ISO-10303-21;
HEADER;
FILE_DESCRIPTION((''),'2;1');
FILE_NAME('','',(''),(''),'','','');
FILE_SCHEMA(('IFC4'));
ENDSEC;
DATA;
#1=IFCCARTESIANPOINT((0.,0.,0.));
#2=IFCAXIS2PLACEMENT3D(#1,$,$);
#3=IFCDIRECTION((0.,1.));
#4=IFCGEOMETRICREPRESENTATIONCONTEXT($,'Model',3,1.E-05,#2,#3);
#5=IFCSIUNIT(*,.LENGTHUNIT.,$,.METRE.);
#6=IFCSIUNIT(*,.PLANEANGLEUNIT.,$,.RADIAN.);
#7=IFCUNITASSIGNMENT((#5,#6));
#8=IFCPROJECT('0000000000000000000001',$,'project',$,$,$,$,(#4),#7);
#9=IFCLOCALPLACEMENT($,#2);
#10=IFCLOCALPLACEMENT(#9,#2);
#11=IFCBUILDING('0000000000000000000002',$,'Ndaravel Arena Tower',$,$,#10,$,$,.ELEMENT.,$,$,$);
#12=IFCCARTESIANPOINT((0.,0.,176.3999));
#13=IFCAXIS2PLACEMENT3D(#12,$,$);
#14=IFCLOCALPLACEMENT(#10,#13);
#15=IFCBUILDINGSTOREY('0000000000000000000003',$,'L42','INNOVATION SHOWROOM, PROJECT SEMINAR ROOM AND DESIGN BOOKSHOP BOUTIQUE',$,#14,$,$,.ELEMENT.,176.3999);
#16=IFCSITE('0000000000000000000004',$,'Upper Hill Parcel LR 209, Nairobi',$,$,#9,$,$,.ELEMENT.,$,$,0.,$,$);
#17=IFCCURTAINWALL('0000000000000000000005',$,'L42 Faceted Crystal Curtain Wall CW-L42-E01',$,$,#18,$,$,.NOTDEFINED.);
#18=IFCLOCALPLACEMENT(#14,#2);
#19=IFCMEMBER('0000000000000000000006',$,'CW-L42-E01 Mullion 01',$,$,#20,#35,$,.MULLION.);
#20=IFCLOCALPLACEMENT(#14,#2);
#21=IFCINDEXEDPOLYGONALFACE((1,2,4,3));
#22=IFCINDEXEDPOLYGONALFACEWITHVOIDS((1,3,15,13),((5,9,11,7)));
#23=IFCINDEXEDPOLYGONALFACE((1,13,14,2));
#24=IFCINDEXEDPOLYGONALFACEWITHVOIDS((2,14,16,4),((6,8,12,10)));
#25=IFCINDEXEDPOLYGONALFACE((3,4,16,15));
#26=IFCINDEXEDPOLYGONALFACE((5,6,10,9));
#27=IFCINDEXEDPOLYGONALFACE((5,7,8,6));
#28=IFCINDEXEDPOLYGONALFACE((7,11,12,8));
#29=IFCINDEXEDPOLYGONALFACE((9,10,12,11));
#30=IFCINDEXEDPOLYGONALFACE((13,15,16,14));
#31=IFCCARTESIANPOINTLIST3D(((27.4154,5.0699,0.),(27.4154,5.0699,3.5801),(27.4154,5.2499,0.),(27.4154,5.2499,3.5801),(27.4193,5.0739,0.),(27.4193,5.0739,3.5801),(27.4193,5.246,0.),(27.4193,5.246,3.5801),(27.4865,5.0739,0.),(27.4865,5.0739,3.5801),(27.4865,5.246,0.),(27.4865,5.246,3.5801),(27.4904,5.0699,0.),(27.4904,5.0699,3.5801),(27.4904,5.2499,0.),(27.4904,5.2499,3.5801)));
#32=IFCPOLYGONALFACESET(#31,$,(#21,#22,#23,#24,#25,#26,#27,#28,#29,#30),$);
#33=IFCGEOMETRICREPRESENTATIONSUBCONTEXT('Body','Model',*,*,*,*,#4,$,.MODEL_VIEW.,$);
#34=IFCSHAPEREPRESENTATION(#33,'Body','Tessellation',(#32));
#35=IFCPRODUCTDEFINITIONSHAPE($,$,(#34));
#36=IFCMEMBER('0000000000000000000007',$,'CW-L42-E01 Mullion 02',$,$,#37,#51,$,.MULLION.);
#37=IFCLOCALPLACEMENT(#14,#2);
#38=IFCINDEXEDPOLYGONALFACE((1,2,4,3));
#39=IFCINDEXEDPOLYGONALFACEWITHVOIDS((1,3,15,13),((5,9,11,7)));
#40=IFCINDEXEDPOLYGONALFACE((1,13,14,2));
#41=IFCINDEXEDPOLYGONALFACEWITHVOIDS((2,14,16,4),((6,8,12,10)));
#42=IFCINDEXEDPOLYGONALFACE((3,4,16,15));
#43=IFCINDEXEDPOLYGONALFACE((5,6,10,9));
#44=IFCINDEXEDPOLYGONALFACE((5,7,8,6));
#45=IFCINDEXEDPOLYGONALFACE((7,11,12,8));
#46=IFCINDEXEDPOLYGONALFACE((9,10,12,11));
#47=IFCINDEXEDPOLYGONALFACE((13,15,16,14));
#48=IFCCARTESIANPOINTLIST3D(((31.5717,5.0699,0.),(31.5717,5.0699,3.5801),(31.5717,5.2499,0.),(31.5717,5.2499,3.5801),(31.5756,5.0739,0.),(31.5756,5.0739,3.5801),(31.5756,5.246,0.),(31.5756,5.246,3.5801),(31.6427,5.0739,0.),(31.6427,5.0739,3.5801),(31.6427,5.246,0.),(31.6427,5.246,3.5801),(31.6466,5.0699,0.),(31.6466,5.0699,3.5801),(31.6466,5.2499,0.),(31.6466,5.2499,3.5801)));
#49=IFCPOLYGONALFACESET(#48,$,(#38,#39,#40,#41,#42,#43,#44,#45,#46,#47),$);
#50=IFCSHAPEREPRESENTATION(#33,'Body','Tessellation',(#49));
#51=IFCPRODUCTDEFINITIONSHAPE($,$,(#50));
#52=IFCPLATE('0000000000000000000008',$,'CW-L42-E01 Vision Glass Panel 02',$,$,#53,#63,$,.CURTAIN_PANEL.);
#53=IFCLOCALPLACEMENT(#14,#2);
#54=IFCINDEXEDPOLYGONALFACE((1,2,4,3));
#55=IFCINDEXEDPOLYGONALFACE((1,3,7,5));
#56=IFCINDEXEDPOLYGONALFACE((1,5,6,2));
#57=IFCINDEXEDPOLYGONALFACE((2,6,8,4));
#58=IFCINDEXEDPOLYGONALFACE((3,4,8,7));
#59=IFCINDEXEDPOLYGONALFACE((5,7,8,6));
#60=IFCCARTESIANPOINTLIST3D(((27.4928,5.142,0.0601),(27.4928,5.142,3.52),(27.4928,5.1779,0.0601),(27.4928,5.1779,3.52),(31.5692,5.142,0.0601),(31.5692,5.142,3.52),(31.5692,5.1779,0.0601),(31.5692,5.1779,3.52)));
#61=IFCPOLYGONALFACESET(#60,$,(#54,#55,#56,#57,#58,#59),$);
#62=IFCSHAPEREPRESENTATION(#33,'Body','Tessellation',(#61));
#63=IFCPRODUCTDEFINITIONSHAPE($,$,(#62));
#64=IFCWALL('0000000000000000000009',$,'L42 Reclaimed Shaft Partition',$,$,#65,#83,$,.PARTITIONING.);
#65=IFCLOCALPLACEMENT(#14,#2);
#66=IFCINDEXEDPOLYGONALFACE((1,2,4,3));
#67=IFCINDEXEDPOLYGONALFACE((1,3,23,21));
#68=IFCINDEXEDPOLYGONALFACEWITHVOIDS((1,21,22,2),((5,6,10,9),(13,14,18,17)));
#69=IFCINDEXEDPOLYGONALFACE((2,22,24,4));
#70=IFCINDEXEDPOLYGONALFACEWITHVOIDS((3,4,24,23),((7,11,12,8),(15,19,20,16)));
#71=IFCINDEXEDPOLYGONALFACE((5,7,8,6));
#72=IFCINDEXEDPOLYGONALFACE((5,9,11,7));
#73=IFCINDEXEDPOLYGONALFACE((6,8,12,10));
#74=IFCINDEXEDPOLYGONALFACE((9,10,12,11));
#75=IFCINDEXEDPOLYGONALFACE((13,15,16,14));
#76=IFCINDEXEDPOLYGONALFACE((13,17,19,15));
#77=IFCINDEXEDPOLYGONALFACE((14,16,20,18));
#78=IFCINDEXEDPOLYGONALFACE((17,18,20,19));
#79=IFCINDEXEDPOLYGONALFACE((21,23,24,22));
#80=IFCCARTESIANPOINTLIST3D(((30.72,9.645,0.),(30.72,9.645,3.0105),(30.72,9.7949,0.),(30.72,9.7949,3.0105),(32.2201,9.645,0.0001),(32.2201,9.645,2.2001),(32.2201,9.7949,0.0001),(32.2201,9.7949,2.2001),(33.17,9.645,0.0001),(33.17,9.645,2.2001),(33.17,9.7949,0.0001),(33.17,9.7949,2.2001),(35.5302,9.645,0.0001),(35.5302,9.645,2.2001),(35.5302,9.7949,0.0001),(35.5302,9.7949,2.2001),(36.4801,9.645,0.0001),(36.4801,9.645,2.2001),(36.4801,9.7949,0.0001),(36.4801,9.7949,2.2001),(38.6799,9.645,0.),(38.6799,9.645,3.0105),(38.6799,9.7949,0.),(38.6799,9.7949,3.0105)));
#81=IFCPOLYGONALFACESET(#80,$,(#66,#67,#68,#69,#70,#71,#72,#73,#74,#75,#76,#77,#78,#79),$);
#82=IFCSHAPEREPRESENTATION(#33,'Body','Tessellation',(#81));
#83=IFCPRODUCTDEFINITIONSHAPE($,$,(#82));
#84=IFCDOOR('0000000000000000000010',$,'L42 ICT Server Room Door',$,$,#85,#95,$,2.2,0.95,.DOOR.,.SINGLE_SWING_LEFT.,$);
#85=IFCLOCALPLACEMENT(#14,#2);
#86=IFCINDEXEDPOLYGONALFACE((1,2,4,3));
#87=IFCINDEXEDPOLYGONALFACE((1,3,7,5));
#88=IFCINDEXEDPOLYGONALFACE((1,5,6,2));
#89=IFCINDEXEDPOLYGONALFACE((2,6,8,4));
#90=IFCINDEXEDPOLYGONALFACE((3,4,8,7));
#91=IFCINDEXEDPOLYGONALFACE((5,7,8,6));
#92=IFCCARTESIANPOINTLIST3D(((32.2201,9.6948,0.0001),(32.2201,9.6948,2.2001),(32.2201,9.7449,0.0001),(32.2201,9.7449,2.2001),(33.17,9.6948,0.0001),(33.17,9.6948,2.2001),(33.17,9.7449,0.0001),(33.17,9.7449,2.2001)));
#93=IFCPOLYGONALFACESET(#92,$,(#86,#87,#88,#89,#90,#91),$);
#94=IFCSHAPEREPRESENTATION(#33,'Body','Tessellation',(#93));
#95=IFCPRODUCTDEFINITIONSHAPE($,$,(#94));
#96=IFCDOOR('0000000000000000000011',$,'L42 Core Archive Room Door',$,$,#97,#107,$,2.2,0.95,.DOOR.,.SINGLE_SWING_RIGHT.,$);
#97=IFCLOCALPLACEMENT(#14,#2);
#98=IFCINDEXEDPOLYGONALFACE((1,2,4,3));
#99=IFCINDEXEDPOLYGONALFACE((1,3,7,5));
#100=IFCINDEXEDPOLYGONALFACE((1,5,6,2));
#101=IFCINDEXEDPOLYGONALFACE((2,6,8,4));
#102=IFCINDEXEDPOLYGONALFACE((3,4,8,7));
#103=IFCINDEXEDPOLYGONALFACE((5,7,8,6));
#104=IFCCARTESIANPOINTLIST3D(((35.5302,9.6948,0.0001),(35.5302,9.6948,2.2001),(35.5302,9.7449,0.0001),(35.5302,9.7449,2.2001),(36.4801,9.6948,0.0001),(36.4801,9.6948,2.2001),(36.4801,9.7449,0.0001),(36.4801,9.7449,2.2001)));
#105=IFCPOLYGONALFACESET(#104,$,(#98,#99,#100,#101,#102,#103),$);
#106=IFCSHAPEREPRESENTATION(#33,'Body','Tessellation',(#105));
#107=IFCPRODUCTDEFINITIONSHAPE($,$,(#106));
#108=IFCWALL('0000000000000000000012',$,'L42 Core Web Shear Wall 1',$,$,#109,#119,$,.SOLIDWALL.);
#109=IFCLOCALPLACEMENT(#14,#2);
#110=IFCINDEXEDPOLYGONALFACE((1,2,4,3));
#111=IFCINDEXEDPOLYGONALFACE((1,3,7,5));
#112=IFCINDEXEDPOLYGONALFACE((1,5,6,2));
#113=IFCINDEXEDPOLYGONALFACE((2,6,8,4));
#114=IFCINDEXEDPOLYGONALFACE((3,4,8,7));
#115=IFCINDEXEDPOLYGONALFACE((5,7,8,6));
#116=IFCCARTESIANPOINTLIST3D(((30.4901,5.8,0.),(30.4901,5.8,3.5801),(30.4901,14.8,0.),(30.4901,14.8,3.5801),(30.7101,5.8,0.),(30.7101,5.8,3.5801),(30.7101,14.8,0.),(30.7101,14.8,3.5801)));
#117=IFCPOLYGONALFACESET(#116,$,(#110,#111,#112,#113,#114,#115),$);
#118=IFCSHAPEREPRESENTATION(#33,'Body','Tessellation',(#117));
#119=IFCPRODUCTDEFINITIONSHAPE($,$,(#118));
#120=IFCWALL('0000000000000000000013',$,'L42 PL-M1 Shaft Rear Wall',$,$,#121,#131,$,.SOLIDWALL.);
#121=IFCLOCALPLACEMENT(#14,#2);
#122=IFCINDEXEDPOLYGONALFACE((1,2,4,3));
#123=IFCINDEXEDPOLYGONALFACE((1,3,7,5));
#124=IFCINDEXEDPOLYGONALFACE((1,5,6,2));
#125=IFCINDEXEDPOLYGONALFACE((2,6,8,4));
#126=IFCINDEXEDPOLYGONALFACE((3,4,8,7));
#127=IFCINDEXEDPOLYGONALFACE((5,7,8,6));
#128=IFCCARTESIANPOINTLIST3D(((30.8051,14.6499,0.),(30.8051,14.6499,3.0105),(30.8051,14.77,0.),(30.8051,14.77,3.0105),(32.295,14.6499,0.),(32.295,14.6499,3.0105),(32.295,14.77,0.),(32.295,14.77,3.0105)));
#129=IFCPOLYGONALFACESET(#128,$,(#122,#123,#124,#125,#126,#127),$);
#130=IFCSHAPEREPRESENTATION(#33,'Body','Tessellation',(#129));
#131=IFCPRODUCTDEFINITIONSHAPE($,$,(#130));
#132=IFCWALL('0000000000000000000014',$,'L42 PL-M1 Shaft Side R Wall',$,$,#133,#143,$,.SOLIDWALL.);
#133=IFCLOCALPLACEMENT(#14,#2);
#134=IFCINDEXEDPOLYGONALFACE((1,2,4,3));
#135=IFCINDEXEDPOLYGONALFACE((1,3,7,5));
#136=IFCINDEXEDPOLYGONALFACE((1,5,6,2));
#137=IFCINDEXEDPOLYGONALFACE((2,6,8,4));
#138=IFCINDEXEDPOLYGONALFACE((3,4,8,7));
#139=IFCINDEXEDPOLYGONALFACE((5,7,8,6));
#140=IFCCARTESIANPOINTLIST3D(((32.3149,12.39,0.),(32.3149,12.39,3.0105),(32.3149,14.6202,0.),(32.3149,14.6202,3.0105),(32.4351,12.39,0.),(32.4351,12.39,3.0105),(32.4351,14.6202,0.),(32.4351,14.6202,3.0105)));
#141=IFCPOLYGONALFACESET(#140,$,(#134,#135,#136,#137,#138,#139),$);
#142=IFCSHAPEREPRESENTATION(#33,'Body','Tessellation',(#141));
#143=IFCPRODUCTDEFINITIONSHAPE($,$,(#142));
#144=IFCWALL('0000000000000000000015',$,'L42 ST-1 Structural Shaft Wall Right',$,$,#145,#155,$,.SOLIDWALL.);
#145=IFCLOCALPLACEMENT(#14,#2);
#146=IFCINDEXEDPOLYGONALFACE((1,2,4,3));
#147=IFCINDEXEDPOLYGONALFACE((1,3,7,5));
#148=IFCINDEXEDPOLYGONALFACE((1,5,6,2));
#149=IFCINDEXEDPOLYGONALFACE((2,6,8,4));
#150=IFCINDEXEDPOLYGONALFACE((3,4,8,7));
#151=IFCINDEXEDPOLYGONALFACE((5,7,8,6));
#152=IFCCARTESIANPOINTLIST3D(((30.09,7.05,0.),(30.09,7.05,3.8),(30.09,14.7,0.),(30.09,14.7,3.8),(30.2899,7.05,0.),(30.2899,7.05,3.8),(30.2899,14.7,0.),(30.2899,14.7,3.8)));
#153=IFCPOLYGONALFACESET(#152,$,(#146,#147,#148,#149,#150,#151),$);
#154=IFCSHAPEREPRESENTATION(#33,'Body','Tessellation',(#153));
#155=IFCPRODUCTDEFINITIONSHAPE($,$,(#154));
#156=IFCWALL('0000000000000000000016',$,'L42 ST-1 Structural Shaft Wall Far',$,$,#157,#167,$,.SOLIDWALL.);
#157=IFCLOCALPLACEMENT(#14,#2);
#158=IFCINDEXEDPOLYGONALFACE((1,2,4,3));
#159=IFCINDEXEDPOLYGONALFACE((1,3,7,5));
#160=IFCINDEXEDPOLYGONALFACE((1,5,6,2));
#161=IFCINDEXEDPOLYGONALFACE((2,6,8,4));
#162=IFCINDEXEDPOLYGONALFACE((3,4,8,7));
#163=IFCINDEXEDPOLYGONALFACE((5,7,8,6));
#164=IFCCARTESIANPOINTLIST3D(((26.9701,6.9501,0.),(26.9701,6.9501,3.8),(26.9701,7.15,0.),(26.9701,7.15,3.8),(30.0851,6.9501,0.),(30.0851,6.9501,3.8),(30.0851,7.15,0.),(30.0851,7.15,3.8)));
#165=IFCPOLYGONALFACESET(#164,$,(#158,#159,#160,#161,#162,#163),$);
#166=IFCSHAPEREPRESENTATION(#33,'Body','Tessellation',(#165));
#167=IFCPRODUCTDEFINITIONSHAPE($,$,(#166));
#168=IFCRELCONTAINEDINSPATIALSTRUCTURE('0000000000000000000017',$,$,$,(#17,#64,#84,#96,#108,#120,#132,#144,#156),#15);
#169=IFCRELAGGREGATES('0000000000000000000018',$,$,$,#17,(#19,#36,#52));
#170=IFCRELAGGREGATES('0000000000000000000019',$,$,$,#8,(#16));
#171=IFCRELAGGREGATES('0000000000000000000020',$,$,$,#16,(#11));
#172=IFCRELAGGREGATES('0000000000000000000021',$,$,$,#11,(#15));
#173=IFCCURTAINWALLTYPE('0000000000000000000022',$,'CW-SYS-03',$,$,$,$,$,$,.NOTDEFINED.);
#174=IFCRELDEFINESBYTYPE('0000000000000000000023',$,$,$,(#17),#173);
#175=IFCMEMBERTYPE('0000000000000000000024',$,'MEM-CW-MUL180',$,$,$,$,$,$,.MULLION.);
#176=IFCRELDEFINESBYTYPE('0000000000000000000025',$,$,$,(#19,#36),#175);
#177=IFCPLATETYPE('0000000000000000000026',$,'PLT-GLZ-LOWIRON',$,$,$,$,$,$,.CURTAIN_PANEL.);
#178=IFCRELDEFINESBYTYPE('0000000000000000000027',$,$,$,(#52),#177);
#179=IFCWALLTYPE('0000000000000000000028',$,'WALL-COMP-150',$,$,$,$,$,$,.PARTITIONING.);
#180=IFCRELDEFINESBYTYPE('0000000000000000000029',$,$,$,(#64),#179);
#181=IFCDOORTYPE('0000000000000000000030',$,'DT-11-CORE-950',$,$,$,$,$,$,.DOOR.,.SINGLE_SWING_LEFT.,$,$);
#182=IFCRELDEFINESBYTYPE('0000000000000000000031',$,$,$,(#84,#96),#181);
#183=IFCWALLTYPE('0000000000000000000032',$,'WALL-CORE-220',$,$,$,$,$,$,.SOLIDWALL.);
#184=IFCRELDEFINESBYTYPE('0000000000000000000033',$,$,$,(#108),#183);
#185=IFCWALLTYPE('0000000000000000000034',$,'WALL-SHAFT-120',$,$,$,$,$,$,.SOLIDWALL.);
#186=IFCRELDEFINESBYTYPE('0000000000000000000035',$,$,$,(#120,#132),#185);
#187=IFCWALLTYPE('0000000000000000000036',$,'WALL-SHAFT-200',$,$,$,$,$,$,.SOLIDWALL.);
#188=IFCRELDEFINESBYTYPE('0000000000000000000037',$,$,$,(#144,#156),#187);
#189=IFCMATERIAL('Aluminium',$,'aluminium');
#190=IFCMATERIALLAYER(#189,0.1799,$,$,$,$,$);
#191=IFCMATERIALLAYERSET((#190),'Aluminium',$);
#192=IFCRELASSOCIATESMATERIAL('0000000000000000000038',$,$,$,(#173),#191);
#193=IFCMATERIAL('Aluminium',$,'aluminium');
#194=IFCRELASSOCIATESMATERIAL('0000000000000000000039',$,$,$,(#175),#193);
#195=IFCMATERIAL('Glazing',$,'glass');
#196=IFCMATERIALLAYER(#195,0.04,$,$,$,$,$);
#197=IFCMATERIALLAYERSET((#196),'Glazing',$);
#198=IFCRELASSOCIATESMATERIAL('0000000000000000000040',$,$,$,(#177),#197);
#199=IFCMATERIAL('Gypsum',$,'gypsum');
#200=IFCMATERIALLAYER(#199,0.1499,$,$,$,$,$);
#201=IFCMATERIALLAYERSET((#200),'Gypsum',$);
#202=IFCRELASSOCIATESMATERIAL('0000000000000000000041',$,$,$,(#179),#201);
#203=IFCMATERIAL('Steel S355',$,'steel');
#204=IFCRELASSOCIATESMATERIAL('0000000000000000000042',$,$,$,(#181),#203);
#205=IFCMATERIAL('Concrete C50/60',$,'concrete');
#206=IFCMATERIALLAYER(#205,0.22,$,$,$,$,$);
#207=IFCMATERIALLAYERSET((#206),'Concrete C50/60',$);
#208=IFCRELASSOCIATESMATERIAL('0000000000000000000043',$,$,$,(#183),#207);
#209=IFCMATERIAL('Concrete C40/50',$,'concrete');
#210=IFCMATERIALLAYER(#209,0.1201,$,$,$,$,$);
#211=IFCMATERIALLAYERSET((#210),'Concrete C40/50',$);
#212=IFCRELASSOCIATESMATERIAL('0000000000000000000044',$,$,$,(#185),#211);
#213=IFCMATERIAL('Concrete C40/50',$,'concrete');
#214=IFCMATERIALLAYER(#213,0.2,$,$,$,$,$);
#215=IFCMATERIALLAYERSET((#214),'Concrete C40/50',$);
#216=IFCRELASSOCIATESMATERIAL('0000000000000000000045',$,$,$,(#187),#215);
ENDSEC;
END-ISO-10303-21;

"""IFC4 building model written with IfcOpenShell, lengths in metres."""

from ifc_helpers import new_model, si_unit, direction, frame, frame_2d, origin, origin_2d, place, context, subcontext, project, spatial, rectangle, hollow_rectangle, extrude, material, layer, layer_set, material_profile, profile_set, type_object, element, fill, aggregate, save


model = new_model("IFC4")

# Units and contexts
model_context = context("Model", 3, precision=1e-05, world=origin(), true_north=direction((0.0, 1.0)))
body_context = subcontext(model_context, "Body", "Model", "MODEL_VIEW")
ifc_project = project(units=[si_unit("LENGTHUNIT", "METRE"), si_unit("PLANEANGLEUNIT", "RADIAN")], contexts=[model_context])

# Site, building, storey
site_placement = place(None, origin())
site = spatial("IfcSite", under=ifc_project, at=site_placement, Name="Upper Hill Parcel LR 209, Nairobi", CompositionType="ELEMENT", RefElevation=0.0)
building_placement = place(site_placement, origin())
building = spatial("IfcBuilding", under=site, at=building_placement, Name="Ndaravel Arena Tower", CompositionType="ELEMENT")
storey_placement = place(building_placement, frame((0.0, 0.0, 176.3999)))
storey = spatial("IfcBuildingStorey", under=building, at=storey_placement, Name="L42", Description="INNOVATION SHOWROOM, PROJECT SEMINAR ROOM AND DESIGN BOOKSHOP BOUTIQUE", CompositionType="ELEMENT", Elevation=176.3999)

# Curtain wall, members, plate
ifc_material_1 = material(Name="Aluminium", Category="aluminium")
ifc_layer_1 = layer(ifc_material_1, 0.1799)
ifc_layer_set_1 = layer_set([ifc_layer_1], Name="Aluminium")
curtain_wall_type = type_object("IfcCurtainWallType", Name="CW-SYS-03", PredefinedType="NOTDEFINED", material=ifc_layer_set_1)
curtain_wall_placement = place(storey_placement, origin())
curtain_wall = element("IfcCurtainWall", 1, at=curtain_wall_placement, inside=storey, type_object=curtain_wall_type, Name="L42 Faceted Crystal Curtain Wall CW-L42-E01", PredefinedType="NOTDEFINED")
ifc_material_2 = material(Name="Aluminium", Category="aluminium")
ifc_material_profile = material_profile(ifc_material_2, hollow_rectangle(XDim=0.075, YDim=0.1799, WallThickness=0.0039, at=origin_2d()), Name="CW MULLION 75x180x4")
ifc_profile_set = profile_set([ifc_material_profile], Name="Aluminium")
member_type = type_object("IfcMemberType", Name="MEM-CW-MUL180", PredefinedType="MULLION", material=ifc_profile_set)
member_1_placement = place(storey_placement, frame((27.4529, 5.1599, 0.0), z_axis=(0.0, 0.0, 1.0), x_axis=(1.0, 0.0, 0.0)))
member_1 = element("IfcMember", 2, at=member_1_placement, type_object=member_type, Name="CW-L42-E01 Mullion 01", PredefinedType="MULLION", context=body_context, shape_type="SweptSolid", body=[
    extrude(hollow_rectangle(XDim=0.075, YDim=0.1799, WallThickness=0.0039, at=origin_2d()), origin(), (0.0, 0.0, 1.0), 3.5801),
])
member_2_placement = place(storey_placement, frame((31.6091, 5.1599, 0.0), z_axis=(0.0, 0.0, 1.0), x_axis=(1.0, 0.0, 0.0)))
member_2 = element("IfcMember", 3, at=member_2_placement, type_object=member_type, Name="CW-L42-E01 Mullion 02", PredefinedType="MULLION", context=body_context, shape_type="SweptSolid", body=[
    extrude(hollow_rectangle(XDim=0.075, YDim=0.1799, WallThickness=0.0039, at=origin_2d()), origin(), (0.0, 0.0, 1.0), 3.5801),
])
ifc_material_3 = material(Name="Glazing", Category="glass")
ifc_layer_2 = layer(ifc_material_3, 0.04)
ifc_layer_set_2 = layer_set([ifc_layer_2], Name="Glazing")
plate_type = type_object("IfcPlateType", Name="PLT-GLZ-LOWIRON", PredefinedType="CURTAIN_PANEL", material=ifc_layer_set_2)
plate_placement = place(storey_placement, frame((29.531, 5.1599, 0.0601), z_axis=(0.0, 0.0, 1.0), x_axis=(1.0, 0.0, 0.0)))
plate = element("IfcPlate", 4, at=plate_placement, type_object=plate_type, Name="CW-L42-E01 Vision Glass Panel 02", PredefinedType="CURTAIN_PANEL", context=body_context, shape_type="SweptSolid", body=[
    extrude(rectangle(XDim=4.0764, YDim=0.0359, at=origin_2d()), origin(), (0.0, 0.0, 1.0), 3.46),
])
aggregate(curtain_wall, [member_1, member_2, plate])

# Wall, openings, doors
ifc_material_4 = material(Name="Gypsum", Category="gypsum")
ifc_layer_3 = layer(ifc_material_4, 0.1499)
ifc_layer_set_3 = layer_set([ifc_layer_3], Name="Gypsum")
wall_type_1 = type_object("IfcWallType", Name="WALL-COMP-150", PredefinedType="PARTITIONING", material=ifc_layer_set_3)
wall_1_placement = place(storey_placement, frame((30.72, 9.72, 0.0), z_axis=(0.0, 0.0, 1.0), x_axis=(1.0, 0.0, 0.0)))
wall_1 = element("IfcWall", 5, at=wall_1_placement, inside=storey, type_object=wall_type_1, Name="L42 Reclaimed Shaft Partition", PredefinedType="PARTITIONING", context=body_context, shape_type="SweptSolid", body=[
    extrude(rectangle(XDim=7.96, YDim=0.1499, at=frame_2d((3.98, 0.0))), origin(), (0.0, 0.0, 1.0), 3.0105),
])
opening_1_placement = place(wall_1_placement, frame((1.5, 0.0, 0.0)))
opening_1 = element("IfcOpeningElement", 6, at=opening_1_placement, cuts=wall_1, PredefinedType="OPENING", context=body_context, shape_type="SweptSolid", body=[
    extrude(rectangle(XDim=0.95, YDim=2.2, at=frame_2d((0.4751, 1.1001))), frame((0.0, 0.075, 0.0), z_axis=(0.0, -1.0, 0.0), x_axis=(1.0, 0.0, 0.0)), (0.0, 0.0, 1.0), 0.1499),
])
opening_2_placement = place(wall_1_placement, frame((4.8101, 0.0, 0.0)))
opening_2 = element("IfcOpeningElement", 7, at=opening_2_placement, cuts=wall_1, PredefinedType="OPENING", context=body_context, shape_type="SweptSolid", body=[
    extrude(rectangle(XDim=0.95, YDim=2.2, at=frame_2d((0.4751, 1.1001))), frame((0.0, 0.075, 0.0), z_axis=(0.0, -1.0, 0.0), x_axis=(1.0, 0.0, 0.0)), (0.0, 0.0, 1.0), 0.1499),
])
ifc_material_5 = material(Name="Steel S355", Category="steel")
door_type_1 = type_object("IfcDoorType", Name="DT-11-CORE-950", OperationType="SINGLE_SWING_LEFT", PredefinedType="DOOR", material=ifc_material_5)
door_1_placement = place(opening_1_placement, origin())
door_1 = element("IfcDoor", 8, at=door_1_placement, inside=storey, type_object=door_type_1, Name="L42 ICT Server Room Door", OperationType="SINGLE_SWING_LEFT", OverallHeight=2.2, OverallWidth=0.95, PredefinedType="DOOR", context=body_context, shape_type="SweptSolid", body=[
    extrude(rectangle(XDim=0.95, YDim=2.2, at=frame_2d((0.4751, 1.1001))), frame((0.0, 0.0249, 0.0), z_axis=(0.0, -1.0, 0.0), x_axis=(1.0, 0.0, 0.0)), (0.0, 0.0, 1.0), 0.05),
])
fill(opening_1, door_1)
door_2_placement = place(opening_2_placement, origin())
door_2 = element("IfcDoor", 9, at=door_2_placement, inside=storey, type_object=door_type_1, Name="L42 Core Archive Room Door", OperationType="SINGLE_SWING_RIGHT", OverallHeight=2.2, OverallWidth=0.95, PredefinedType="DOOR", context=body_context, shape_type="SweptSolid", body=[
    extrude(rectangle(XDim=0.95, YDim=2.2, at=frame_2d((0.4751, 1.1001))), frame((0.0, 0.0249, 0.0), z_axis=(0.0, -1.0, 0.0), x_axis=(1.0, 0.0, 0.0)), (0.0, 0.0, 1.0), 0.05),
])
fill(opening_2, door_2)

# Walls
ifc_material_6 = material(Name="Concrete C50/60", Category="concrete")
ifc_layer_4 = layer(ifc_material_6, 0.22)
ifc_layer_set_4 = layer_set([ifc_layer_4], Name="Concrete C50/60")
wall_type_2 = type_object("IfcWallType", Name="WALL-CORE-220", PredefinedType="SOLIDWALL", material=ifc_layer_set_4)
wall_2_placement = place(storey_placement, frame((30.6001, 5.8, 0.0), z_axis=(0.0, 0.0, 1.0), x_axis=(0.0, 1.0, 0.0)))
element("IfcWall", 10, at=wall_2_placement, inside=storey, type_object=wall_type_2, Name="L42 Core Web Shear Wall 1", PredefinedType="SOLIDWALL", context=body_context, shape_type="SweptSolid", body=[
    extrude(rectangle(XDim=9.0, YDim=0.22, at=frame_2d((4.5, 0.0))), origin(), (0.0, 0.0, 1.0), 3.5801),
])
ifc_material_7 = material(Name="Concrete C40/50", Category="concrete")
ifc_layer_5 = layer(ifc_material_7, 0.1201)
ifc_layer_set_5 = layer_set([ifc_layer_5], Name="Concrete C40/50")
wall_type_3 = type_object("IfcWallType", Name="WALL-SHAFT-120", PredefinedType="SOLIDWALL", material=ifc_layer_set_5)
wall_3_placement = place(storey_placement, frame((30.8049, 14.71, 0.0), z_axis=(0.0, 0.0, 1.0), x_axis=(1.0, 0.0, 0.0)))
element("IfcWall", 11, at=wall_3_placement, inside=storey, type_object=wall_type_3, Name="L42 PL-M1 Shaft Rear Wall", PredefinedType="SOLIDWALL", context=body_context, shape_type="SweptSolid", body=[
    extrude(rectangle(XDim=1.49, YDim=0.1201, at=frame_2d((0.7451, 0.0))), origin(), (0.0, 0.0, 1.0), 3.0105),
])
wall_4_placement = place(storey_placement, frame((32.375, 12.3899, 0.0), z_axis=(0.0, 0.0, 1.0), x_axis=(0.0, 1.0, 0.0)))
element("IfcWall", 12, at=wall_4_placement, inside=storey, type_object=wall_type_3, Name="L42 PL-M1 Shaft Side R Wall", PredefinedType="SOLIDWALL", context=body_context, shape_type="SweptSolid", body=[
    extrude(rectangle(XDim=2.2302, YDim=0.1201, at=frame_2d((1.1152, 0.0))), origin(), (0.0, 0.0, 1.0), 3.0105),
])
ifc_material_8 = material(Name="Concrete C40/50", Category="concrete")
ifc_layer_6 = layer(ifc_material_8, 0.2)
ifc_layer_set_6 = layer_set([ifc_layer_6], Name="Concrete C40/50")
wall_type_4 = type_object("IfcWallType", Name="WALL-SHAFT-200", PredefinedType="SOLIDWALL", material=ifc_layer_set_6)
wall_5_placement = place(storey_placement, frame((30.1899, 14.7, 0.0), z_axis=(0.0, 0.0, 1.0), x_axis=(0.0, -1.0, 0.0)))
element("IfcWall", 13, at=wall_5_placement, inside=storey, type_object=wall_type_4, Name="L42 ST-1 Structural Shaft Wall Right", PredefinedType="SOLIDWALL", context=body_context, shape_type="SweptSolid", body=[
    extrude(rectangle(XDim=7.6499, YDim=0.2, at=frame_2d((3.825, 0.0))), origin(), (0.0, 0.0, 1.0), 3.8),
])
wall_6_placement = place(storey_placement, frame((26.97, 7.05, 0.0), z_axis=(0.0, 0.0, 1.0), x_axis=(1.0, 0.0, 0.0)))
element("IfcWall", 14, at=wall_6_placement, inside=storey, type_object=wall_type_4, Name="L42 ST-1 Structural Shaft Wall Far", PredefinedType="SOLIDWALL", context=body_context, shape_type="SweptSolid", body=[
    extrude(rectangle(XDim=3.115, YDim=0.2, at=frame_2d((1.5576, 0.0))), origin(), (0.0, 0.0, 1.0), 3.8),
])

save(model, "model.ifc")
